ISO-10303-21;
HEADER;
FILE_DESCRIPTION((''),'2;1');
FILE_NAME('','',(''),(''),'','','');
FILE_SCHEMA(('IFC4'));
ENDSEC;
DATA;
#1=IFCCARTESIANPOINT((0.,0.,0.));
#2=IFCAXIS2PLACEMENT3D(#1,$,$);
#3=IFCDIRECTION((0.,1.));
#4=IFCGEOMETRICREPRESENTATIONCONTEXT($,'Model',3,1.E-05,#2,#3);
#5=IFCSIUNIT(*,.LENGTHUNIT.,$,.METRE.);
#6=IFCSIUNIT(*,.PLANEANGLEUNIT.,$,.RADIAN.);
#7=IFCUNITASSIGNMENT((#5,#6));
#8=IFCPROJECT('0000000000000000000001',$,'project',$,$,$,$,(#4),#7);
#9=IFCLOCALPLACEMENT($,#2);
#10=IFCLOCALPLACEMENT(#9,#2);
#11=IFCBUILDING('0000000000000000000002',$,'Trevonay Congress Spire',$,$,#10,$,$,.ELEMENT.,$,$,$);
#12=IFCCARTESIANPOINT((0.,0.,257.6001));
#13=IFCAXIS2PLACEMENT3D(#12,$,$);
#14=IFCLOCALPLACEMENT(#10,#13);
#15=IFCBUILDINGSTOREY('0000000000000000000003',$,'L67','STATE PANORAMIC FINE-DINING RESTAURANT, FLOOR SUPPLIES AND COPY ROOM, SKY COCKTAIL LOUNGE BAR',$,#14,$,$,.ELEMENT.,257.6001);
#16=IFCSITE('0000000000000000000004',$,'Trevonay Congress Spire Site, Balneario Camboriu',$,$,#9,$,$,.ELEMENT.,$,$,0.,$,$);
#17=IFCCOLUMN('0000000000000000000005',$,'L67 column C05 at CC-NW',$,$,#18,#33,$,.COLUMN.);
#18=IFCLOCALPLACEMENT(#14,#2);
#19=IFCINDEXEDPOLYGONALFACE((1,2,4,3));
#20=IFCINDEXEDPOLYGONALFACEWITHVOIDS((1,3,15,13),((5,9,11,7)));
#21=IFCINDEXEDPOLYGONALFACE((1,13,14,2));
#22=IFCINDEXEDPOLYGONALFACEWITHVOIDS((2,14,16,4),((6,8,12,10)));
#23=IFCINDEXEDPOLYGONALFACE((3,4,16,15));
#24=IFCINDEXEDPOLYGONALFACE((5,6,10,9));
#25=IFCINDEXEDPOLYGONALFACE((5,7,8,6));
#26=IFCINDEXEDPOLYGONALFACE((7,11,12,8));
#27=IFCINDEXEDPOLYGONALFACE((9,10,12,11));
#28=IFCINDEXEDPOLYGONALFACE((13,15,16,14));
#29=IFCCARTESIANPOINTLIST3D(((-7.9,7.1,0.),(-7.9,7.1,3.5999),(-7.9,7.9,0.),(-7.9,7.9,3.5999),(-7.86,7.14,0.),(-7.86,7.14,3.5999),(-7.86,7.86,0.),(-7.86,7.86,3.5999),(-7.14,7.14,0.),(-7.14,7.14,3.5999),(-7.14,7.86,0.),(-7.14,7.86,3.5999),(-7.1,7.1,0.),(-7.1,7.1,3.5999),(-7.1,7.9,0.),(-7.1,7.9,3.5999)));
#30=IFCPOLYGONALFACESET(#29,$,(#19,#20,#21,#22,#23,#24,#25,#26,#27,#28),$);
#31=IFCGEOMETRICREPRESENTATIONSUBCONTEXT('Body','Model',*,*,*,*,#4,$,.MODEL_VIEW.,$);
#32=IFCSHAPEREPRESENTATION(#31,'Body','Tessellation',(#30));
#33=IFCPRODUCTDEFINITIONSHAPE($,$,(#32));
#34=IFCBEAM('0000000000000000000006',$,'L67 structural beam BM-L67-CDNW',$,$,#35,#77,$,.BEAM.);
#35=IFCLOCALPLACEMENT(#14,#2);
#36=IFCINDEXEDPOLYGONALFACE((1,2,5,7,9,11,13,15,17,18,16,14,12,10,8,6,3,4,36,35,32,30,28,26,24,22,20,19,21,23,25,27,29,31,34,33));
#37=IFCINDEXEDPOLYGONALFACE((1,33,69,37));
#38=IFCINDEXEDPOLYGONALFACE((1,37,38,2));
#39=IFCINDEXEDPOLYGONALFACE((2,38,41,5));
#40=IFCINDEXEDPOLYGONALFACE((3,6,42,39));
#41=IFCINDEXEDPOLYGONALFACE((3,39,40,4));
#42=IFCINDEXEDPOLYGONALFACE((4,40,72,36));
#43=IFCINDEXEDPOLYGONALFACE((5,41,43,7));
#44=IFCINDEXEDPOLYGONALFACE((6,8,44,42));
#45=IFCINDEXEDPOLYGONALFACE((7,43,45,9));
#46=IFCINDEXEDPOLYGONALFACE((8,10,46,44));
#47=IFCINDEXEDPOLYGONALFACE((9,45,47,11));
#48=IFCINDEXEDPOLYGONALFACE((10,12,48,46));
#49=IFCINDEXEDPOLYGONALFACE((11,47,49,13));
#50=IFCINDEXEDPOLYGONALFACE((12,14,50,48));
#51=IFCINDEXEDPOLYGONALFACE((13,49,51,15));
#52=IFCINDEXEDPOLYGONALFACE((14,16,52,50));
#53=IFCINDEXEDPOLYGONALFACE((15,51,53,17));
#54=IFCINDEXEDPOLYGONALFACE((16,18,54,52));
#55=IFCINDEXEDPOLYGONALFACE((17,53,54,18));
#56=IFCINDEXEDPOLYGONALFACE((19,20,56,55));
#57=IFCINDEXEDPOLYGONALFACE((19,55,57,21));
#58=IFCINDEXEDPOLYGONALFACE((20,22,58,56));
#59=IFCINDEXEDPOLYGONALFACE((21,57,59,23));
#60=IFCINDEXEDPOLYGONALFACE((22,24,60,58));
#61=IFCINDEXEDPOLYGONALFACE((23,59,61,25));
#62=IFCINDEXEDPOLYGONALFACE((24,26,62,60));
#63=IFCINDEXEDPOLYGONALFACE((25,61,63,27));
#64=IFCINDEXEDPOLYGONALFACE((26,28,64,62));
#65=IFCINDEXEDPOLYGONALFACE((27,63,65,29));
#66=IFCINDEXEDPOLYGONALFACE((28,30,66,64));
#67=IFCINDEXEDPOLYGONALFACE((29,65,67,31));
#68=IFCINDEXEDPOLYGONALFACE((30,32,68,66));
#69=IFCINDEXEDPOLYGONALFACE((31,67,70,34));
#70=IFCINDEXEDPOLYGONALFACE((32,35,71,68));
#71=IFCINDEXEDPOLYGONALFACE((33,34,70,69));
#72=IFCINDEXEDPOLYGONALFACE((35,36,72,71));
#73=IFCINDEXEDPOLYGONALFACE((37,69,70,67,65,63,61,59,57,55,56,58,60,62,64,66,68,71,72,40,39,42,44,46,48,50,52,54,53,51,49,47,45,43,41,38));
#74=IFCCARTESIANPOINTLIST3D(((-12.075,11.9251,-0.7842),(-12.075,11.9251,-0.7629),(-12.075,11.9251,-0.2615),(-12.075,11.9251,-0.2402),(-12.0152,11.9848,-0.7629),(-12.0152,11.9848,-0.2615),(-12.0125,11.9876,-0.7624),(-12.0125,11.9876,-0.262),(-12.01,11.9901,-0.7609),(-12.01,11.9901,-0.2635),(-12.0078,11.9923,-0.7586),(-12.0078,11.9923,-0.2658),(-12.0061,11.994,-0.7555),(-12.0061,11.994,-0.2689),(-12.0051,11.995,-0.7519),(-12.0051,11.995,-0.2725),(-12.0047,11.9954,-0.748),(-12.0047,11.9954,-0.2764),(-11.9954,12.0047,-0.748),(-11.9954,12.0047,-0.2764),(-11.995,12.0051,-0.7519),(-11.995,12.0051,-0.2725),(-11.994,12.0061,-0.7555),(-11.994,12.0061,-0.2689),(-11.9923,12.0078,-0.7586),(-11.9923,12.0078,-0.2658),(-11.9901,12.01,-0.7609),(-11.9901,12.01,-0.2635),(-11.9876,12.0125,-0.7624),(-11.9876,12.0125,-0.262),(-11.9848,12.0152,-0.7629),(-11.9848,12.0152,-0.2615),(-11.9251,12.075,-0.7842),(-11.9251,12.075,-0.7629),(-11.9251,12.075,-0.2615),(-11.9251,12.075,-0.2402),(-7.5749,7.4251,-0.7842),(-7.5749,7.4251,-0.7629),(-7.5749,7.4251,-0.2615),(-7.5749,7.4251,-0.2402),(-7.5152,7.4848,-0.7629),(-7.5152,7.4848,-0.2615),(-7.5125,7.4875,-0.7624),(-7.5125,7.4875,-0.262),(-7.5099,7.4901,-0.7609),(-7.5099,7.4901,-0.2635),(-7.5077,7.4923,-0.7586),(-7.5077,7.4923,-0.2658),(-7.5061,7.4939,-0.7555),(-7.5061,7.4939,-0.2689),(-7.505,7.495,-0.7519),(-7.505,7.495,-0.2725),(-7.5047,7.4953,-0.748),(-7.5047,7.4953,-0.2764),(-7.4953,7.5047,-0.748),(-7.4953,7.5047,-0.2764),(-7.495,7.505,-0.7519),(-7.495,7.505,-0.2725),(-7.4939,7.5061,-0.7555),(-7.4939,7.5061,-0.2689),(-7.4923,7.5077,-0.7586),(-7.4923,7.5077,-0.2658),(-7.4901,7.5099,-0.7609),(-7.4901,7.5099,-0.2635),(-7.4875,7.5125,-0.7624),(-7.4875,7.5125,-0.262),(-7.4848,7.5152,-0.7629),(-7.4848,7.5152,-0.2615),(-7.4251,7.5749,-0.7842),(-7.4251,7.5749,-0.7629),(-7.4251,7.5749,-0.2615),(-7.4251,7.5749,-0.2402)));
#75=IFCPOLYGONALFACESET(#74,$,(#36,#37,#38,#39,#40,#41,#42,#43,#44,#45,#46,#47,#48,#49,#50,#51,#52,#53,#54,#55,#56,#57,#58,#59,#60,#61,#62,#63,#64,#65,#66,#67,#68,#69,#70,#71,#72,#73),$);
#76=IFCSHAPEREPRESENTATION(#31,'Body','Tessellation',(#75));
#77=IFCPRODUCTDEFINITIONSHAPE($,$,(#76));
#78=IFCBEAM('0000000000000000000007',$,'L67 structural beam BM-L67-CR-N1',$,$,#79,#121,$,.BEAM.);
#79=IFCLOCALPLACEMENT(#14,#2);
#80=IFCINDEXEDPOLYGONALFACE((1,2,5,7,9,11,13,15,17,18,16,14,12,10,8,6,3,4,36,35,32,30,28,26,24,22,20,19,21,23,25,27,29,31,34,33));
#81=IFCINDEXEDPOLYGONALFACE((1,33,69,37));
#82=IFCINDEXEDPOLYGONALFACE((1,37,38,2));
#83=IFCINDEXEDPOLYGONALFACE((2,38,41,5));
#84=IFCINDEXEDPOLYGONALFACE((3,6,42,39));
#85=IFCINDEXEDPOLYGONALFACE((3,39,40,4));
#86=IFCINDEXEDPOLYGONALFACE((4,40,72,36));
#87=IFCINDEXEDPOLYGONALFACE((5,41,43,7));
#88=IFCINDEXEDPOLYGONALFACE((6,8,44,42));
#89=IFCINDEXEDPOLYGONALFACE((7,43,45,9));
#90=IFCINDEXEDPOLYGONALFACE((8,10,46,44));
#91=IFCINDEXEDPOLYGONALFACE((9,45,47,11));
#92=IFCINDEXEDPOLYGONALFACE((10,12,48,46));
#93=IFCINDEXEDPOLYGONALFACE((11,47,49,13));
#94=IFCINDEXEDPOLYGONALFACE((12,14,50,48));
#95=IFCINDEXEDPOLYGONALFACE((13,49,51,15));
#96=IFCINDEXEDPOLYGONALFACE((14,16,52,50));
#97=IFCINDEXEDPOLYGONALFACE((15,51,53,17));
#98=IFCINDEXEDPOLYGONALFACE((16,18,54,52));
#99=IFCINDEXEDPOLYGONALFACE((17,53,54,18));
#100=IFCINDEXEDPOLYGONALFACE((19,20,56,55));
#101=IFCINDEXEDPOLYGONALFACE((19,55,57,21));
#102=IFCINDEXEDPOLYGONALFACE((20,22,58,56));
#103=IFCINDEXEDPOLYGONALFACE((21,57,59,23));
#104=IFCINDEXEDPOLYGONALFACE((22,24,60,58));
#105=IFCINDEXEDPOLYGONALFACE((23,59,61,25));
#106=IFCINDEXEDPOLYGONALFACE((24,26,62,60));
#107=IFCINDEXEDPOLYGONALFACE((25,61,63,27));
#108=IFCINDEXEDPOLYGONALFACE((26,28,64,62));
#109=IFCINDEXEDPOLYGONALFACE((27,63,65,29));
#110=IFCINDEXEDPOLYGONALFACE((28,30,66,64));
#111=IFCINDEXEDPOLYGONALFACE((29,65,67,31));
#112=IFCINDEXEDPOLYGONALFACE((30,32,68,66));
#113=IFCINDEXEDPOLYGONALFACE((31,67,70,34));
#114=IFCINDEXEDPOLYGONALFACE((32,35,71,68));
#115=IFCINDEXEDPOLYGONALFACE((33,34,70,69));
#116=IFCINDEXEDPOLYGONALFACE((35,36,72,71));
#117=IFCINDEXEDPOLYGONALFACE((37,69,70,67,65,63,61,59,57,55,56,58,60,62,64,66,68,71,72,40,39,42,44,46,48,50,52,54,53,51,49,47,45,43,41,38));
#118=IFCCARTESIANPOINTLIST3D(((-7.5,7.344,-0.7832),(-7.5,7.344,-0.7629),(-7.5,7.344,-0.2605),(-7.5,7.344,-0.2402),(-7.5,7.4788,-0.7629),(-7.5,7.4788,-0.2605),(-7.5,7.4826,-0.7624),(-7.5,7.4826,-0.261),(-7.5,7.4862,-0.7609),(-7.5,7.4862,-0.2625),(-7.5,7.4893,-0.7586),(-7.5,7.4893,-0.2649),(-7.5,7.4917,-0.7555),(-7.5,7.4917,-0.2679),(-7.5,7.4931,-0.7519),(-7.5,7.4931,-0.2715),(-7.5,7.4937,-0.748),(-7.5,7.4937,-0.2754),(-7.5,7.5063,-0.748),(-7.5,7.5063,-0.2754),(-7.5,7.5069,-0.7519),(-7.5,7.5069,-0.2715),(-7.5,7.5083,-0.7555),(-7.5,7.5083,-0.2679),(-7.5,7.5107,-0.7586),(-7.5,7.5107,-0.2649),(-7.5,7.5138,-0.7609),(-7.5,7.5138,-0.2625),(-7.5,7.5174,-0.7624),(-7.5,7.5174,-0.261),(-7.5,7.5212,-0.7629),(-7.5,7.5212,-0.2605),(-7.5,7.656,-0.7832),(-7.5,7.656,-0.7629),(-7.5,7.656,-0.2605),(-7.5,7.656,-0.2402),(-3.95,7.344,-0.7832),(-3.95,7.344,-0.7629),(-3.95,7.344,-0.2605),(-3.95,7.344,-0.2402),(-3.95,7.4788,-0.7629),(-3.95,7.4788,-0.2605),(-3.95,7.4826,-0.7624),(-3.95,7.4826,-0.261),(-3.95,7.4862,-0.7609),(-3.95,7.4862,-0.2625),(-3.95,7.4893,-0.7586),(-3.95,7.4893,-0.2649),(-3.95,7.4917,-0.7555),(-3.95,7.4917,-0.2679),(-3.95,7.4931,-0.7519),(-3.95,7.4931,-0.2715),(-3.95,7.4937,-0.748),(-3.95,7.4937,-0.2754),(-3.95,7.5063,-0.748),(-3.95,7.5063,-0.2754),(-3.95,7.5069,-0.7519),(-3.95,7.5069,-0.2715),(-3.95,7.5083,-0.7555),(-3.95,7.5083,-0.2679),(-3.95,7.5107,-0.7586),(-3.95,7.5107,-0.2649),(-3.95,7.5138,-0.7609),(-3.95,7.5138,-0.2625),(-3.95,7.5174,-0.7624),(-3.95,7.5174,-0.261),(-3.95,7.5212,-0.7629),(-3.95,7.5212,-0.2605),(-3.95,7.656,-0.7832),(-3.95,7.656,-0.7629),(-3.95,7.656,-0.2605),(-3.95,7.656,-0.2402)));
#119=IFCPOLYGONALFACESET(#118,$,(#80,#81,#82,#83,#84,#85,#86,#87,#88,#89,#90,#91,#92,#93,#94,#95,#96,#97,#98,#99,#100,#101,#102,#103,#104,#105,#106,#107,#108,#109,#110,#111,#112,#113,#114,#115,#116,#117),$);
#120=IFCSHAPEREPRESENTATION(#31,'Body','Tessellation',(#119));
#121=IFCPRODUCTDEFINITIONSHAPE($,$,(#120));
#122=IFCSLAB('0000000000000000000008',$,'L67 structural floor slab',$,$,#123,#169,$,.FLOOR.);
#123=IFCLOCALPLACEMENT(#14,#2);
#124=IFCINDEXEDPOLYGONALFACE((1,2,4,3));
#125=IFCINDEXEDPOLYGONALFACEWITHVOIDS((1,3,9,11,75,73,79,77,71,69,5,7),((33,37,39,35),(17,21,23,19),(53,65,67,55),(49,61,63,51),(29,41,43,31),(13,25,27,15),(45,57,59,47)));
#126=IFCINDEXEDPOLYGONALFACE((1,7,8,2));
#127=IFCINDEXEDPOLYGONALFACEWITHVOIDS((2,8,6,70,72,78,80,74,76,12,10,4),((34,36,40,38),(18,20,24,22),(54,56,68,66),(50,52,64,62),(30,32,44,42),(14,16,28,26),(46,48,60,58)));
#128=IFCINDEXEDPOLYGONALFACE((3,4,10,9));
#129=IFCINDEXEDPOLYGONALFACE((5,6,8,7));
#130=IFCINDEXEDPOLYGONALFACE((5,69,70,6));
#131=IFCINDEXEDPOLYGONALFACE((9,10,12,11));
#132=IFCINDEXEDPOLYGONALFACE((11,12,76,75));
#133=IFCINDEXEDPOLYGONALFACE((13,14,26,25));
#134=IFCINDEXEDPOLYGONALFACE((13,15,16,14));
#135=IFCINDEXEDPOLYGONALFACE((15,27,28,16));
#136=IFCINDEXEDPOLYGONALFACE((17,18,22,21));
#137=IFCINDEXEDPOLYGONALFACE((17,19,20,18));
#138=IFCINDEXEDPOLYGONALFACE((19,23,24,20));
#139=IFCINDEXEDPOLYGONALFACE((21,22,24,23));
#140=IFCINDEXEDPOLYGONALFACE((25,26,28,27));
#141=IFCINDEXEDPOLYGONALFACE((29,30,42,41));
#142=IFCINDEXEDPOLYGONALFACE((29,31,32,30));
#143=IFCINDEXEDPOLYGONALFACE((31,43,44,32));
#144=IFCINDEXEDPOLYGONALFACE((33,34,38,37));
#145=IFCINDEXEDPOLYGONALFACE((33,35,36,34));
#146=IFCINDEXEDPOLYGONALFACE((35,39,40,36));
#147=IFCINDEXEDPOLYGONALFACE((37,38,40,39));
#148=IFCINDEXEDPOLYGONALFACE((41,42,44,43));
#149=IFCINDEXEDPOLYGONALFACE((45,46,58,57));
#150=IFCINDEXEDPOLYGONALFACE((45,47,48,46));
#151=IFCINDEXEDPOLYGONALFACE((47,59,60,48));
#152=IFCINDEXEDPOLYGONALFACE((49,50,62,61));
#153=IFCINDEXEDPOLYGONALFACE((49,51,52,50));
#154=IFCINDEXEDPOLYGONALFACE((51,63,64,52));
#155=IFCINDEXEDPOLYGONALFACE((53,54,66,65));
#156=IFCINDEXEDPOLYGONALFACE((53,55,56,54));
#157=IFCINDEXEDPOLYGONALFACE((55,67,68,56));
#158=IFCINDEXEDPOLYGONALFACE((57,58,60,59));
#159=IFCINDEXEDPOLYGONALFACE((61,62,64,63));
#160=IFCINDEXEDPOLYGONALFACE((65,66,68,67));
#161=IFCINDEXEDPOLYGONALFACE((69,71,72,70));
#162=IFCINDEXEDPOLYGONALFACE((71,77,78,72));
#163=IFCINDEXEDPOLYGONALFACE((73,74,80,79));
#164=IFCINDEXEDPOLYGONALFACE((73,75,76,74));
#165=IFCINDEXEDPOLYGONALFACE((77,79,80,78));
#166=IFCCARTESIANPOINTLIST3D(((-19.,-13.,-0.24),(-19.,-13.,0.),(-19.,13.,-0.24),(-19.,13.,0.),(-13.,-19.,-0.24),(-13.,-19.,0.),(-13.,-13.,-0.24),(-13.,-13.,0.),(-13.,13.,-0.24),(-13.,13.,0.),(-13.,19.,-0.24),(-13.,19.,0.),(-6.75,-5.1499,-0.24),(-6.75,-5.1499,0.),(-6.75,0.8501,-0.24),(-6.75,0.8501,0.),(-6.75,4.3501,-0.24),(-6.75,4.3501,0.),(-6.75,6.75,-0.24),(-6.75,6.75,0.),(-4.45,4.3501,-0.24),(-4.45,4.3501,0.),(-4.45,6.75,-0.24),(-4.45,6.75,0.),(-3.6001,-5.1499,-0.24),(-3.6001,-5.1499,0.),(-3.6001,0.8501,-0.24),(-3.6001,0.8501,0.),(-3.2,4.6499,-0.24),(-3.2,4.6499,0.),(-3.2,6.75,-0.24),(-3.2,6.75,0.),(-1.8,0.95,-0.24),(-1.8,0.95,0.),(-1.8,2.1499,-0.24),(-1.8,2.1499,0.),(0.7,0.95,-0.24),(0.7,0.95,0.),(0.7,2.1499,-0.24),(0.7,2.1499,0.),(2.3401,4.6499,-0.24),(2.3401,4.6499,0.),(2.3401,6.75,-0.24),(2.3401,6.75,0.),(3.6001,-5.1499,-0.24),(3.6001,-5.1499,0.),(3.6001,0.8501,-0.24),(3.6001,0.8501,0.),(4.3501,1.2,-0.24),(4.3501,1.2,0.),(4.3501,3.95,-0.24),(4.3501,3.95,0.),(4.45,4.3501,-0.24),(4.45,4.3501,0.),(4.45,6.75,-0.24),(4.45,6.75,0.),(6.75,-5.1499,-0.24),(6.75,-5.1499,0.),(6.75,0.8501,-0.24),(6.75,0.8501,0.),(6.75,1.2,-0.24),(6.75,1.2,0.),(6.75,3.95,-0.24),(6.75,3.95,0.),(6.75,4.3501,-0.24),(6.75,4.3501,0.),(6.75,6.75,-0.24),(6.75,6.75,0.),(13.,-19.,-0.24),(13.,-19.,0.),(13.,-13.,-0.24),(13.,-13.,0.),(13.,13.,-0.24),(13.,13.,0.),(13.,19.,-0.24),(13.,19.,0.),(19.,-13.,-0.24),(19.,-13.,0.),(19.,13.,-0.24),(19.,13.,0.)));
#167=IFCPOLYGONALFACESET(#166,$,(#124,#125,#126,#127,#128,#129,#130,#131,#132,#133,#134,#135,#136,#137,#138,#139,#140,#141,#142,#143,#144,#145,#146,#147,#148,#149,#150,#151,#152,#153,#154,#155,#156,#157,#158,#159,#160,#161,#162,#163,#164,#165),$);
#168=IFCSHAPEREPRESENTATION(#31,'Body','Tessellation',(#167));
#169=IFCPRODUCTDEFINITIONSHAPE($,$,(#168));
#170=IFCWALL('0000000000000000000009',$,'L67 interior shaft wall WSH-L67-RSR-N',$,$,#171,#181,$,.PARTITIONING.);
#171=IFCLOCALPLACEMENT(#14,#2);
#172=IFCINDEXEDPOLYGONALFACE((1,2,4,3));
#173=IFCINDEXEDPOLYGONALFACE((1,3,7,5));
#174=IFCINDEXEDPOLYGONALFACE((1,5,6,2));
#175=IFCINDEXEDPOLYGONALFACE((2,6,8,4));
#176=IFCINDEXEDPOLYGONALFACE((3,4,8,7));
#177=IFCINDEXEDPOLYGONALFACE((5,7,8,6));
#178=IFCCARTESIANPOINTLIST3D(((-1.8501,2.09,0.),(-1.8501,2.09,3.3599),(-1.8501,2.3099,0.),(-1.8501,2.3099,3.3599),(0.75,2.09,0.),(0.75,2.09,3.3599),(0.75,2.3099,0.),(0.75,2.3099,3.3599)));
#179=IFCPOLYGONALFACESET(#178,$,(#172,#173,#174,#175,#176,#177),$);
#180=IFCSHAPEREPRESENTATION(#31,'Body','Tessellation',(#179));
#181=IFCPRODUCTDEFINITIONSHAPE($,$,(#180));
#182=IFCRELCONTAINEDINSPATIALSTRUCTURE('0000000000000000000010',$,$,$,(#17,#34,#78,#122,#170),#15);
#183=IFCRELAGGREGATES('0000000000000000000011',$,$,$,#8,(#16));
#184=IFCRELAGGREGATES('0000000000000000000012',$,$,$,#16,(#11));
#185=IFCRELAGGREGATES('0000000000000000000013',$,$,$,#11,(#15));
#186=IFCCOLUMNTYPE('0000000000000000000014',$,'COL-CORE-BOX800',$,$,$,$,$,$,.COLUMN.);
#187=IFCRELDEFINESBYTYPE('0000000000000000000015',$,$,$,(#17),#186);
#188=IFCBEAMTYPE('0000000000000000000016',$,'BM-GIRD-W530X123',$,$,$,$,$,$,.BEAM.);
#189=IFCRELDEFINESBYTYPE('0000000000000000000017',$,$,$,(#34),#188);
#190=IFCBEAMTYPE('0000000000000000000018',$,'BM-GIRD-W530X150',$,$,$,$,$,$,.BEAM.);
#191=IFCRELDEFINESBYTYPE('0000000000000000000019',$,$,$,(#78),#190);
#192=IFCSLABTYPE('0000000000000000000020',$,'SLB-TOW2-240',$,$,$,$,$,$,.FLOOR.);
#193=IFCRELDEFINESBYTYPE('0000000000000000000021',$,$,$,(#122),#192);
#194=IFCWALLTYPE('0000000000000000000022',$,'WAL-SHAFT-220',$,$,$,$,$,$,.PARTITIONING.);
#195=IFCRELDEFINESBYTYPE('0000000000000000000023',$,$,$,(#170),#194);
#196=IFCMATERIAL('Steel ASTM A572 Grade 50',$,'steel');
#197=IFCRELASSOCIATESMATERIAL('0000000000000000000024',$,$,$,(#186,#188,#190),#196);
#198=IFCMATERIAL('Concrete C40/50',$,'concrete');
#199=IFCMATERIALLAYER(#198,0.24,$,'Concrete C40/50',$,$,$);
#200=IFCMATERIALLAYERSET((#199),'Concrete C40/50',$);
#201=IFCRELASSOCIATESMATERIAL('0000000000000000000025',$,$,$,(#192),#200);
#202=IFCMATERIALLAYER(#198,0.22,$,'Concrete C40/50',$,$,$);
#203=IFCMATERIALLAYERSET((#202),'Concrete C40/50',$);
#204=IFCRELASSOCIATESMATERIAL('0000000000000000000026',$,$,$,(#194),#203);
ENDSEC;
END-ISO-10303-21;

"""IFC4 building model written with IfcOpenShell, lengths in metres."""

from ifc_helpers import new_model, si_unit, direction, frame, frame_2d, origin, origin_2d, place, context, subcontext, project, spatial, polyline, rectangle, hollow_rectangle, i_section, outline, extrude, material, layer, layer_set, material_profile, profile_set, type_object, element, save


model = new_model("IFC4")

# Units and contexts
model_context = context("Model", 3, precision=1e-05, world=origin(), true_north=direction((0.0, 1.0)))
body_context = subcontext(model_context, "Body", "Model", "MODEL_VIEW")
ifc_project = project(units=[si_unit("LENGTHUNIT", "METRE"), si_unit("PLANEANGLEUNIT", "RADIAN")], contexts=[model_context])

# Site, building, storey
site_placement = place(None, origin())
site = spatial("IfcSite", under=ifc_project, at=site_placement, Name="Trevonay Congress Spire Site, Balneario Camboriu", CompositionType="ELEMENT", RefElevation=0.0)
building_placement = place(site_placement, origin())
building = spatial("IfcBuilding", under=site, at=building_placement, Name="Trevonay Congress Spire", CompositionType="ELEMENT")
storey_placement = place(building_placement, frame((0.0, 0.0, 257.6001)))
storey = spatial("IfcBuildingStorey", under=building, at=storey_placement, Name="L67", Description="STATE PANORAMIC FINE-DINING RESTAURANT, FLOOR SUPPLIES AND COPY ROOM, SKY COCKTAIL LOUNGE BAR", CompositionType="ELEMENT", Elevation=257.6001)

# Column
ifc_material_1 = material(Name="Steel ASTM A572 Grade 50", Category="steel")
ifc_material_profile_1 = material_profile(ifc_material_1, hollow_rectangle(XDim=0.8, YDim=0.8, WallThickness=0.04, at=origin_2d()), Name="BOX 800x800x40")
ifc_profile_set_1 = profile_set([ifc_material_profile_1], Name="Steel ASTM A572 Grade 50")
column_type = type_object("IfcColumnType", Name="COL-CORE-BOX800", PredefinedType="COLUMN", material=ifc_profile_set_1)
column_placement = place(storey_placement, frame((-7.5, 7.5, 0.0), z_axis=(0.0, 0.0, 1.0), x_axis=(1.0, 0.0, 0.0)))
element("IfcColumn", 1, at=column_placement, inside=storey, type_object=column_type, Name="L67 column C05 at CC-NW", PredefinedType="COLUMN", context=body_context, shape_type="SweptSolid", body=[
    extrude(hollow_rectangle(XDim=0.8, YDim=0.8, WallThickness=0.04, at=origin_2d()), origin(), (0.0, 0.0, 1.0), 3.5999),
])

# Beams
ifc_material_profile_2 = material_profile(ifc_material_1, i_section(OverallWidth=0.2119, OverallDepth=0.5439, WebThickness=0.0132, FlangeThickness=0.0212, FilletRadius=0.0149, at=origin_2d()), Name="W530x123")
ifc_profile_set_2 = profile_set([ifc_material_profile_2], Name="Steel ASTM A572 Grade 50")
beam_type_1 = type_object("IfcBeamType", Name="BM-GIRD-W530X123", PredefinedType="BEAM", material=ifc_profile_set_2)
beam_1_placement = place(storey_placement, frame((-7.5, 7.5, -0.5122), z_axis=(-0.707107, 0.707107, 0.0), x_axis=(-0.707107, -0.707107, 0.0)))
element("IfcBeam", 2, at=beam_1_placement, inside=storey, type_object=beam_type_1, Name="L67 structural beam BM-L67-CDNW", PredefinedType="BEAM", context=body_context, shape_type="SweptSolid", body=[
    extrude(i_section(OverallWidth=0.2119, OverallDepth=0.5439, WebThickness=0.0132, FlangeThickness=0.0212, FilletRadius=0.0149, at=origin_2d()), origin(), (0.0, 0.0, 1.0), 6.364),
])
ifc_material_profile_3 = material_profile(ifc_material_1, i_section(OverallWidth=0.312, OverallDepth=0.543, WebThickness=0.0127, FlangeThickness=0.0203, FilletRadius=0.0149, at=origin_2d()), Name="W530x150")
ifc_profile_set_3 = profile_set([ifc_material_profile_3], Name="Steel ASTM A572 Grade 50")
beam_type_2 = type_object("IfcBeamType", Name="BM-GIRD-W530X150", PredefinedType="BEAM", material=ifc_profile_set_3)
beam_2_placement = place(storey_placement, frame((-7.5, 7.5, -0.5117), z_axis=(1.0, 0.0, 0.0), x_axis=(0.0, 1.0, 0.0)))
element("IfcBeam", 3, at=beam_2_placement, inside=storey, type_object=beam_type_2, Name="L67 structural beam BM-L67-CR-N1", PredefinedType="BEAM", context=body_context, shape_type="SweptSolid", body=[
    extrude(i_section(OverallWidth=0.312, OverallDepth=0.543, WebThickness=0.0127, FlangeThickness=0.0203, FilletRadius=0.0149, at=origin_2d()), origin(), (0.0, 0.0, 1.0), 3.55),
])

# Slab
ifc_material_2 = material(Name="Concrete C40/50", Category="concrete")
ifc_layer_1 = layer(ifc_material_2, 0.24, Name="Concrete C40/50")
ifc_layer_set_1 = layer_set([ifc_layer_1], Name="Concrete C40/50")
slab_type = type_object("IfcSlabType", Name="SLB-TOW2-240", PredefinedType="FLOOR", material=ifc_layer_set_1)
slab_placement = place(storey_placement, frame((0.0, 0.0, -0.24)))
element("IfcSlab", 4, at=slab_placement, inside=storey, type_object=slab_type, Name="L67 structural floor slab", PredefinedType="FLOOR", context=body_context, shape_type="SweptSolid", body=[
    extrude(outline(polyline([(-13.0, -19.0), (13.0, -19.0), (13.0, -13.0), (19.0, -13.0), (19.0, 13.0), (13.0, 13.0), (13.0, 19.0), (-13.0, 19.0), (-13.0, 13.0), (-19.0, 13.0), (-19.0, -13.0), (-13.0, -13.0), (-13.0, -19.0)]), holes=[polyline([(-3.6001, -5.1499), (-3.6001, 0.8501), (-6.75, 0.8501), (-6.75, -5.1499), (-3.6001, -5.1499)]), polyline([(6.75, -5.1499), (6.75, 0.8501), (3.6001, 0.8501), (3.6001, -5.1499), (6.75, -5.1499)]), polyline([(-3.2, 4.6499), (2.3401, 4.6499), (2.3401, 6.75), (-3.2, 6.75), (-3.2, 4.6499)]), polyline([(-6.75, 4.3501), (-4.45, 4.3501), (-4.45, 6.75), (-6.75, 6.75), (-6.75, 4.3501)]), polyline([(4.45, 4.3501), (6.75, 4.3501), (6.75, 6.75), (4.45, 6.75), (4.45, 4.3501)]), polyline([(4.3501, 1.2), (6.75, 1.2), (6.75, 3.95), (4.3501, 3.95), (4.3501, 1.2)]), polyline([(-1.8, 0.95), (0.7, 0.95), (0.7, 2.1499), (-1.8, 2.1499), (-1.8, 0.95)])]), origin(), (0.0, 0.0, 1.0), 0.24),
])

# Wall
ifc_layer_2 = layer(ifc_material_2, 0.22, Name="Concrete C40/50")
ifc_layer_set_2 = layer_set([ifc_layer_2], Name="Concrete C40/50")
wall_type_1 = type_object("IfcWallType", Name="WAL-SHAFT-220", PredefinedType="PARTITIONING", material=ifc_layer_set_2)
for number, where, z_axis, x_axis, name in (
    (5, (-1.8501, 2.2, 0.0), (0.0, 0.0, 1.0), (1.0, 0.0, 0.0), "L67 interior shaft wall WSH-L67-RSR-N"),
):
    element("IfcWall", number, at=place(storey_placement, frame(where, z_axis=z_axis, x_axis=x_axis)), inside=storey, type_object=wall_type_1, Name=name, PredefinedType="PARTITIONING", context=body_context, shape_type="SweptSolid", body=[
        extrude(rectangle(XDim=2.6001, YDim=0.22, at=frame_2d((1.3, 0.0))), origin(), (0.0, 0.0, 1.0), 3.3599),
    ])

save(model, "model.ifc")
